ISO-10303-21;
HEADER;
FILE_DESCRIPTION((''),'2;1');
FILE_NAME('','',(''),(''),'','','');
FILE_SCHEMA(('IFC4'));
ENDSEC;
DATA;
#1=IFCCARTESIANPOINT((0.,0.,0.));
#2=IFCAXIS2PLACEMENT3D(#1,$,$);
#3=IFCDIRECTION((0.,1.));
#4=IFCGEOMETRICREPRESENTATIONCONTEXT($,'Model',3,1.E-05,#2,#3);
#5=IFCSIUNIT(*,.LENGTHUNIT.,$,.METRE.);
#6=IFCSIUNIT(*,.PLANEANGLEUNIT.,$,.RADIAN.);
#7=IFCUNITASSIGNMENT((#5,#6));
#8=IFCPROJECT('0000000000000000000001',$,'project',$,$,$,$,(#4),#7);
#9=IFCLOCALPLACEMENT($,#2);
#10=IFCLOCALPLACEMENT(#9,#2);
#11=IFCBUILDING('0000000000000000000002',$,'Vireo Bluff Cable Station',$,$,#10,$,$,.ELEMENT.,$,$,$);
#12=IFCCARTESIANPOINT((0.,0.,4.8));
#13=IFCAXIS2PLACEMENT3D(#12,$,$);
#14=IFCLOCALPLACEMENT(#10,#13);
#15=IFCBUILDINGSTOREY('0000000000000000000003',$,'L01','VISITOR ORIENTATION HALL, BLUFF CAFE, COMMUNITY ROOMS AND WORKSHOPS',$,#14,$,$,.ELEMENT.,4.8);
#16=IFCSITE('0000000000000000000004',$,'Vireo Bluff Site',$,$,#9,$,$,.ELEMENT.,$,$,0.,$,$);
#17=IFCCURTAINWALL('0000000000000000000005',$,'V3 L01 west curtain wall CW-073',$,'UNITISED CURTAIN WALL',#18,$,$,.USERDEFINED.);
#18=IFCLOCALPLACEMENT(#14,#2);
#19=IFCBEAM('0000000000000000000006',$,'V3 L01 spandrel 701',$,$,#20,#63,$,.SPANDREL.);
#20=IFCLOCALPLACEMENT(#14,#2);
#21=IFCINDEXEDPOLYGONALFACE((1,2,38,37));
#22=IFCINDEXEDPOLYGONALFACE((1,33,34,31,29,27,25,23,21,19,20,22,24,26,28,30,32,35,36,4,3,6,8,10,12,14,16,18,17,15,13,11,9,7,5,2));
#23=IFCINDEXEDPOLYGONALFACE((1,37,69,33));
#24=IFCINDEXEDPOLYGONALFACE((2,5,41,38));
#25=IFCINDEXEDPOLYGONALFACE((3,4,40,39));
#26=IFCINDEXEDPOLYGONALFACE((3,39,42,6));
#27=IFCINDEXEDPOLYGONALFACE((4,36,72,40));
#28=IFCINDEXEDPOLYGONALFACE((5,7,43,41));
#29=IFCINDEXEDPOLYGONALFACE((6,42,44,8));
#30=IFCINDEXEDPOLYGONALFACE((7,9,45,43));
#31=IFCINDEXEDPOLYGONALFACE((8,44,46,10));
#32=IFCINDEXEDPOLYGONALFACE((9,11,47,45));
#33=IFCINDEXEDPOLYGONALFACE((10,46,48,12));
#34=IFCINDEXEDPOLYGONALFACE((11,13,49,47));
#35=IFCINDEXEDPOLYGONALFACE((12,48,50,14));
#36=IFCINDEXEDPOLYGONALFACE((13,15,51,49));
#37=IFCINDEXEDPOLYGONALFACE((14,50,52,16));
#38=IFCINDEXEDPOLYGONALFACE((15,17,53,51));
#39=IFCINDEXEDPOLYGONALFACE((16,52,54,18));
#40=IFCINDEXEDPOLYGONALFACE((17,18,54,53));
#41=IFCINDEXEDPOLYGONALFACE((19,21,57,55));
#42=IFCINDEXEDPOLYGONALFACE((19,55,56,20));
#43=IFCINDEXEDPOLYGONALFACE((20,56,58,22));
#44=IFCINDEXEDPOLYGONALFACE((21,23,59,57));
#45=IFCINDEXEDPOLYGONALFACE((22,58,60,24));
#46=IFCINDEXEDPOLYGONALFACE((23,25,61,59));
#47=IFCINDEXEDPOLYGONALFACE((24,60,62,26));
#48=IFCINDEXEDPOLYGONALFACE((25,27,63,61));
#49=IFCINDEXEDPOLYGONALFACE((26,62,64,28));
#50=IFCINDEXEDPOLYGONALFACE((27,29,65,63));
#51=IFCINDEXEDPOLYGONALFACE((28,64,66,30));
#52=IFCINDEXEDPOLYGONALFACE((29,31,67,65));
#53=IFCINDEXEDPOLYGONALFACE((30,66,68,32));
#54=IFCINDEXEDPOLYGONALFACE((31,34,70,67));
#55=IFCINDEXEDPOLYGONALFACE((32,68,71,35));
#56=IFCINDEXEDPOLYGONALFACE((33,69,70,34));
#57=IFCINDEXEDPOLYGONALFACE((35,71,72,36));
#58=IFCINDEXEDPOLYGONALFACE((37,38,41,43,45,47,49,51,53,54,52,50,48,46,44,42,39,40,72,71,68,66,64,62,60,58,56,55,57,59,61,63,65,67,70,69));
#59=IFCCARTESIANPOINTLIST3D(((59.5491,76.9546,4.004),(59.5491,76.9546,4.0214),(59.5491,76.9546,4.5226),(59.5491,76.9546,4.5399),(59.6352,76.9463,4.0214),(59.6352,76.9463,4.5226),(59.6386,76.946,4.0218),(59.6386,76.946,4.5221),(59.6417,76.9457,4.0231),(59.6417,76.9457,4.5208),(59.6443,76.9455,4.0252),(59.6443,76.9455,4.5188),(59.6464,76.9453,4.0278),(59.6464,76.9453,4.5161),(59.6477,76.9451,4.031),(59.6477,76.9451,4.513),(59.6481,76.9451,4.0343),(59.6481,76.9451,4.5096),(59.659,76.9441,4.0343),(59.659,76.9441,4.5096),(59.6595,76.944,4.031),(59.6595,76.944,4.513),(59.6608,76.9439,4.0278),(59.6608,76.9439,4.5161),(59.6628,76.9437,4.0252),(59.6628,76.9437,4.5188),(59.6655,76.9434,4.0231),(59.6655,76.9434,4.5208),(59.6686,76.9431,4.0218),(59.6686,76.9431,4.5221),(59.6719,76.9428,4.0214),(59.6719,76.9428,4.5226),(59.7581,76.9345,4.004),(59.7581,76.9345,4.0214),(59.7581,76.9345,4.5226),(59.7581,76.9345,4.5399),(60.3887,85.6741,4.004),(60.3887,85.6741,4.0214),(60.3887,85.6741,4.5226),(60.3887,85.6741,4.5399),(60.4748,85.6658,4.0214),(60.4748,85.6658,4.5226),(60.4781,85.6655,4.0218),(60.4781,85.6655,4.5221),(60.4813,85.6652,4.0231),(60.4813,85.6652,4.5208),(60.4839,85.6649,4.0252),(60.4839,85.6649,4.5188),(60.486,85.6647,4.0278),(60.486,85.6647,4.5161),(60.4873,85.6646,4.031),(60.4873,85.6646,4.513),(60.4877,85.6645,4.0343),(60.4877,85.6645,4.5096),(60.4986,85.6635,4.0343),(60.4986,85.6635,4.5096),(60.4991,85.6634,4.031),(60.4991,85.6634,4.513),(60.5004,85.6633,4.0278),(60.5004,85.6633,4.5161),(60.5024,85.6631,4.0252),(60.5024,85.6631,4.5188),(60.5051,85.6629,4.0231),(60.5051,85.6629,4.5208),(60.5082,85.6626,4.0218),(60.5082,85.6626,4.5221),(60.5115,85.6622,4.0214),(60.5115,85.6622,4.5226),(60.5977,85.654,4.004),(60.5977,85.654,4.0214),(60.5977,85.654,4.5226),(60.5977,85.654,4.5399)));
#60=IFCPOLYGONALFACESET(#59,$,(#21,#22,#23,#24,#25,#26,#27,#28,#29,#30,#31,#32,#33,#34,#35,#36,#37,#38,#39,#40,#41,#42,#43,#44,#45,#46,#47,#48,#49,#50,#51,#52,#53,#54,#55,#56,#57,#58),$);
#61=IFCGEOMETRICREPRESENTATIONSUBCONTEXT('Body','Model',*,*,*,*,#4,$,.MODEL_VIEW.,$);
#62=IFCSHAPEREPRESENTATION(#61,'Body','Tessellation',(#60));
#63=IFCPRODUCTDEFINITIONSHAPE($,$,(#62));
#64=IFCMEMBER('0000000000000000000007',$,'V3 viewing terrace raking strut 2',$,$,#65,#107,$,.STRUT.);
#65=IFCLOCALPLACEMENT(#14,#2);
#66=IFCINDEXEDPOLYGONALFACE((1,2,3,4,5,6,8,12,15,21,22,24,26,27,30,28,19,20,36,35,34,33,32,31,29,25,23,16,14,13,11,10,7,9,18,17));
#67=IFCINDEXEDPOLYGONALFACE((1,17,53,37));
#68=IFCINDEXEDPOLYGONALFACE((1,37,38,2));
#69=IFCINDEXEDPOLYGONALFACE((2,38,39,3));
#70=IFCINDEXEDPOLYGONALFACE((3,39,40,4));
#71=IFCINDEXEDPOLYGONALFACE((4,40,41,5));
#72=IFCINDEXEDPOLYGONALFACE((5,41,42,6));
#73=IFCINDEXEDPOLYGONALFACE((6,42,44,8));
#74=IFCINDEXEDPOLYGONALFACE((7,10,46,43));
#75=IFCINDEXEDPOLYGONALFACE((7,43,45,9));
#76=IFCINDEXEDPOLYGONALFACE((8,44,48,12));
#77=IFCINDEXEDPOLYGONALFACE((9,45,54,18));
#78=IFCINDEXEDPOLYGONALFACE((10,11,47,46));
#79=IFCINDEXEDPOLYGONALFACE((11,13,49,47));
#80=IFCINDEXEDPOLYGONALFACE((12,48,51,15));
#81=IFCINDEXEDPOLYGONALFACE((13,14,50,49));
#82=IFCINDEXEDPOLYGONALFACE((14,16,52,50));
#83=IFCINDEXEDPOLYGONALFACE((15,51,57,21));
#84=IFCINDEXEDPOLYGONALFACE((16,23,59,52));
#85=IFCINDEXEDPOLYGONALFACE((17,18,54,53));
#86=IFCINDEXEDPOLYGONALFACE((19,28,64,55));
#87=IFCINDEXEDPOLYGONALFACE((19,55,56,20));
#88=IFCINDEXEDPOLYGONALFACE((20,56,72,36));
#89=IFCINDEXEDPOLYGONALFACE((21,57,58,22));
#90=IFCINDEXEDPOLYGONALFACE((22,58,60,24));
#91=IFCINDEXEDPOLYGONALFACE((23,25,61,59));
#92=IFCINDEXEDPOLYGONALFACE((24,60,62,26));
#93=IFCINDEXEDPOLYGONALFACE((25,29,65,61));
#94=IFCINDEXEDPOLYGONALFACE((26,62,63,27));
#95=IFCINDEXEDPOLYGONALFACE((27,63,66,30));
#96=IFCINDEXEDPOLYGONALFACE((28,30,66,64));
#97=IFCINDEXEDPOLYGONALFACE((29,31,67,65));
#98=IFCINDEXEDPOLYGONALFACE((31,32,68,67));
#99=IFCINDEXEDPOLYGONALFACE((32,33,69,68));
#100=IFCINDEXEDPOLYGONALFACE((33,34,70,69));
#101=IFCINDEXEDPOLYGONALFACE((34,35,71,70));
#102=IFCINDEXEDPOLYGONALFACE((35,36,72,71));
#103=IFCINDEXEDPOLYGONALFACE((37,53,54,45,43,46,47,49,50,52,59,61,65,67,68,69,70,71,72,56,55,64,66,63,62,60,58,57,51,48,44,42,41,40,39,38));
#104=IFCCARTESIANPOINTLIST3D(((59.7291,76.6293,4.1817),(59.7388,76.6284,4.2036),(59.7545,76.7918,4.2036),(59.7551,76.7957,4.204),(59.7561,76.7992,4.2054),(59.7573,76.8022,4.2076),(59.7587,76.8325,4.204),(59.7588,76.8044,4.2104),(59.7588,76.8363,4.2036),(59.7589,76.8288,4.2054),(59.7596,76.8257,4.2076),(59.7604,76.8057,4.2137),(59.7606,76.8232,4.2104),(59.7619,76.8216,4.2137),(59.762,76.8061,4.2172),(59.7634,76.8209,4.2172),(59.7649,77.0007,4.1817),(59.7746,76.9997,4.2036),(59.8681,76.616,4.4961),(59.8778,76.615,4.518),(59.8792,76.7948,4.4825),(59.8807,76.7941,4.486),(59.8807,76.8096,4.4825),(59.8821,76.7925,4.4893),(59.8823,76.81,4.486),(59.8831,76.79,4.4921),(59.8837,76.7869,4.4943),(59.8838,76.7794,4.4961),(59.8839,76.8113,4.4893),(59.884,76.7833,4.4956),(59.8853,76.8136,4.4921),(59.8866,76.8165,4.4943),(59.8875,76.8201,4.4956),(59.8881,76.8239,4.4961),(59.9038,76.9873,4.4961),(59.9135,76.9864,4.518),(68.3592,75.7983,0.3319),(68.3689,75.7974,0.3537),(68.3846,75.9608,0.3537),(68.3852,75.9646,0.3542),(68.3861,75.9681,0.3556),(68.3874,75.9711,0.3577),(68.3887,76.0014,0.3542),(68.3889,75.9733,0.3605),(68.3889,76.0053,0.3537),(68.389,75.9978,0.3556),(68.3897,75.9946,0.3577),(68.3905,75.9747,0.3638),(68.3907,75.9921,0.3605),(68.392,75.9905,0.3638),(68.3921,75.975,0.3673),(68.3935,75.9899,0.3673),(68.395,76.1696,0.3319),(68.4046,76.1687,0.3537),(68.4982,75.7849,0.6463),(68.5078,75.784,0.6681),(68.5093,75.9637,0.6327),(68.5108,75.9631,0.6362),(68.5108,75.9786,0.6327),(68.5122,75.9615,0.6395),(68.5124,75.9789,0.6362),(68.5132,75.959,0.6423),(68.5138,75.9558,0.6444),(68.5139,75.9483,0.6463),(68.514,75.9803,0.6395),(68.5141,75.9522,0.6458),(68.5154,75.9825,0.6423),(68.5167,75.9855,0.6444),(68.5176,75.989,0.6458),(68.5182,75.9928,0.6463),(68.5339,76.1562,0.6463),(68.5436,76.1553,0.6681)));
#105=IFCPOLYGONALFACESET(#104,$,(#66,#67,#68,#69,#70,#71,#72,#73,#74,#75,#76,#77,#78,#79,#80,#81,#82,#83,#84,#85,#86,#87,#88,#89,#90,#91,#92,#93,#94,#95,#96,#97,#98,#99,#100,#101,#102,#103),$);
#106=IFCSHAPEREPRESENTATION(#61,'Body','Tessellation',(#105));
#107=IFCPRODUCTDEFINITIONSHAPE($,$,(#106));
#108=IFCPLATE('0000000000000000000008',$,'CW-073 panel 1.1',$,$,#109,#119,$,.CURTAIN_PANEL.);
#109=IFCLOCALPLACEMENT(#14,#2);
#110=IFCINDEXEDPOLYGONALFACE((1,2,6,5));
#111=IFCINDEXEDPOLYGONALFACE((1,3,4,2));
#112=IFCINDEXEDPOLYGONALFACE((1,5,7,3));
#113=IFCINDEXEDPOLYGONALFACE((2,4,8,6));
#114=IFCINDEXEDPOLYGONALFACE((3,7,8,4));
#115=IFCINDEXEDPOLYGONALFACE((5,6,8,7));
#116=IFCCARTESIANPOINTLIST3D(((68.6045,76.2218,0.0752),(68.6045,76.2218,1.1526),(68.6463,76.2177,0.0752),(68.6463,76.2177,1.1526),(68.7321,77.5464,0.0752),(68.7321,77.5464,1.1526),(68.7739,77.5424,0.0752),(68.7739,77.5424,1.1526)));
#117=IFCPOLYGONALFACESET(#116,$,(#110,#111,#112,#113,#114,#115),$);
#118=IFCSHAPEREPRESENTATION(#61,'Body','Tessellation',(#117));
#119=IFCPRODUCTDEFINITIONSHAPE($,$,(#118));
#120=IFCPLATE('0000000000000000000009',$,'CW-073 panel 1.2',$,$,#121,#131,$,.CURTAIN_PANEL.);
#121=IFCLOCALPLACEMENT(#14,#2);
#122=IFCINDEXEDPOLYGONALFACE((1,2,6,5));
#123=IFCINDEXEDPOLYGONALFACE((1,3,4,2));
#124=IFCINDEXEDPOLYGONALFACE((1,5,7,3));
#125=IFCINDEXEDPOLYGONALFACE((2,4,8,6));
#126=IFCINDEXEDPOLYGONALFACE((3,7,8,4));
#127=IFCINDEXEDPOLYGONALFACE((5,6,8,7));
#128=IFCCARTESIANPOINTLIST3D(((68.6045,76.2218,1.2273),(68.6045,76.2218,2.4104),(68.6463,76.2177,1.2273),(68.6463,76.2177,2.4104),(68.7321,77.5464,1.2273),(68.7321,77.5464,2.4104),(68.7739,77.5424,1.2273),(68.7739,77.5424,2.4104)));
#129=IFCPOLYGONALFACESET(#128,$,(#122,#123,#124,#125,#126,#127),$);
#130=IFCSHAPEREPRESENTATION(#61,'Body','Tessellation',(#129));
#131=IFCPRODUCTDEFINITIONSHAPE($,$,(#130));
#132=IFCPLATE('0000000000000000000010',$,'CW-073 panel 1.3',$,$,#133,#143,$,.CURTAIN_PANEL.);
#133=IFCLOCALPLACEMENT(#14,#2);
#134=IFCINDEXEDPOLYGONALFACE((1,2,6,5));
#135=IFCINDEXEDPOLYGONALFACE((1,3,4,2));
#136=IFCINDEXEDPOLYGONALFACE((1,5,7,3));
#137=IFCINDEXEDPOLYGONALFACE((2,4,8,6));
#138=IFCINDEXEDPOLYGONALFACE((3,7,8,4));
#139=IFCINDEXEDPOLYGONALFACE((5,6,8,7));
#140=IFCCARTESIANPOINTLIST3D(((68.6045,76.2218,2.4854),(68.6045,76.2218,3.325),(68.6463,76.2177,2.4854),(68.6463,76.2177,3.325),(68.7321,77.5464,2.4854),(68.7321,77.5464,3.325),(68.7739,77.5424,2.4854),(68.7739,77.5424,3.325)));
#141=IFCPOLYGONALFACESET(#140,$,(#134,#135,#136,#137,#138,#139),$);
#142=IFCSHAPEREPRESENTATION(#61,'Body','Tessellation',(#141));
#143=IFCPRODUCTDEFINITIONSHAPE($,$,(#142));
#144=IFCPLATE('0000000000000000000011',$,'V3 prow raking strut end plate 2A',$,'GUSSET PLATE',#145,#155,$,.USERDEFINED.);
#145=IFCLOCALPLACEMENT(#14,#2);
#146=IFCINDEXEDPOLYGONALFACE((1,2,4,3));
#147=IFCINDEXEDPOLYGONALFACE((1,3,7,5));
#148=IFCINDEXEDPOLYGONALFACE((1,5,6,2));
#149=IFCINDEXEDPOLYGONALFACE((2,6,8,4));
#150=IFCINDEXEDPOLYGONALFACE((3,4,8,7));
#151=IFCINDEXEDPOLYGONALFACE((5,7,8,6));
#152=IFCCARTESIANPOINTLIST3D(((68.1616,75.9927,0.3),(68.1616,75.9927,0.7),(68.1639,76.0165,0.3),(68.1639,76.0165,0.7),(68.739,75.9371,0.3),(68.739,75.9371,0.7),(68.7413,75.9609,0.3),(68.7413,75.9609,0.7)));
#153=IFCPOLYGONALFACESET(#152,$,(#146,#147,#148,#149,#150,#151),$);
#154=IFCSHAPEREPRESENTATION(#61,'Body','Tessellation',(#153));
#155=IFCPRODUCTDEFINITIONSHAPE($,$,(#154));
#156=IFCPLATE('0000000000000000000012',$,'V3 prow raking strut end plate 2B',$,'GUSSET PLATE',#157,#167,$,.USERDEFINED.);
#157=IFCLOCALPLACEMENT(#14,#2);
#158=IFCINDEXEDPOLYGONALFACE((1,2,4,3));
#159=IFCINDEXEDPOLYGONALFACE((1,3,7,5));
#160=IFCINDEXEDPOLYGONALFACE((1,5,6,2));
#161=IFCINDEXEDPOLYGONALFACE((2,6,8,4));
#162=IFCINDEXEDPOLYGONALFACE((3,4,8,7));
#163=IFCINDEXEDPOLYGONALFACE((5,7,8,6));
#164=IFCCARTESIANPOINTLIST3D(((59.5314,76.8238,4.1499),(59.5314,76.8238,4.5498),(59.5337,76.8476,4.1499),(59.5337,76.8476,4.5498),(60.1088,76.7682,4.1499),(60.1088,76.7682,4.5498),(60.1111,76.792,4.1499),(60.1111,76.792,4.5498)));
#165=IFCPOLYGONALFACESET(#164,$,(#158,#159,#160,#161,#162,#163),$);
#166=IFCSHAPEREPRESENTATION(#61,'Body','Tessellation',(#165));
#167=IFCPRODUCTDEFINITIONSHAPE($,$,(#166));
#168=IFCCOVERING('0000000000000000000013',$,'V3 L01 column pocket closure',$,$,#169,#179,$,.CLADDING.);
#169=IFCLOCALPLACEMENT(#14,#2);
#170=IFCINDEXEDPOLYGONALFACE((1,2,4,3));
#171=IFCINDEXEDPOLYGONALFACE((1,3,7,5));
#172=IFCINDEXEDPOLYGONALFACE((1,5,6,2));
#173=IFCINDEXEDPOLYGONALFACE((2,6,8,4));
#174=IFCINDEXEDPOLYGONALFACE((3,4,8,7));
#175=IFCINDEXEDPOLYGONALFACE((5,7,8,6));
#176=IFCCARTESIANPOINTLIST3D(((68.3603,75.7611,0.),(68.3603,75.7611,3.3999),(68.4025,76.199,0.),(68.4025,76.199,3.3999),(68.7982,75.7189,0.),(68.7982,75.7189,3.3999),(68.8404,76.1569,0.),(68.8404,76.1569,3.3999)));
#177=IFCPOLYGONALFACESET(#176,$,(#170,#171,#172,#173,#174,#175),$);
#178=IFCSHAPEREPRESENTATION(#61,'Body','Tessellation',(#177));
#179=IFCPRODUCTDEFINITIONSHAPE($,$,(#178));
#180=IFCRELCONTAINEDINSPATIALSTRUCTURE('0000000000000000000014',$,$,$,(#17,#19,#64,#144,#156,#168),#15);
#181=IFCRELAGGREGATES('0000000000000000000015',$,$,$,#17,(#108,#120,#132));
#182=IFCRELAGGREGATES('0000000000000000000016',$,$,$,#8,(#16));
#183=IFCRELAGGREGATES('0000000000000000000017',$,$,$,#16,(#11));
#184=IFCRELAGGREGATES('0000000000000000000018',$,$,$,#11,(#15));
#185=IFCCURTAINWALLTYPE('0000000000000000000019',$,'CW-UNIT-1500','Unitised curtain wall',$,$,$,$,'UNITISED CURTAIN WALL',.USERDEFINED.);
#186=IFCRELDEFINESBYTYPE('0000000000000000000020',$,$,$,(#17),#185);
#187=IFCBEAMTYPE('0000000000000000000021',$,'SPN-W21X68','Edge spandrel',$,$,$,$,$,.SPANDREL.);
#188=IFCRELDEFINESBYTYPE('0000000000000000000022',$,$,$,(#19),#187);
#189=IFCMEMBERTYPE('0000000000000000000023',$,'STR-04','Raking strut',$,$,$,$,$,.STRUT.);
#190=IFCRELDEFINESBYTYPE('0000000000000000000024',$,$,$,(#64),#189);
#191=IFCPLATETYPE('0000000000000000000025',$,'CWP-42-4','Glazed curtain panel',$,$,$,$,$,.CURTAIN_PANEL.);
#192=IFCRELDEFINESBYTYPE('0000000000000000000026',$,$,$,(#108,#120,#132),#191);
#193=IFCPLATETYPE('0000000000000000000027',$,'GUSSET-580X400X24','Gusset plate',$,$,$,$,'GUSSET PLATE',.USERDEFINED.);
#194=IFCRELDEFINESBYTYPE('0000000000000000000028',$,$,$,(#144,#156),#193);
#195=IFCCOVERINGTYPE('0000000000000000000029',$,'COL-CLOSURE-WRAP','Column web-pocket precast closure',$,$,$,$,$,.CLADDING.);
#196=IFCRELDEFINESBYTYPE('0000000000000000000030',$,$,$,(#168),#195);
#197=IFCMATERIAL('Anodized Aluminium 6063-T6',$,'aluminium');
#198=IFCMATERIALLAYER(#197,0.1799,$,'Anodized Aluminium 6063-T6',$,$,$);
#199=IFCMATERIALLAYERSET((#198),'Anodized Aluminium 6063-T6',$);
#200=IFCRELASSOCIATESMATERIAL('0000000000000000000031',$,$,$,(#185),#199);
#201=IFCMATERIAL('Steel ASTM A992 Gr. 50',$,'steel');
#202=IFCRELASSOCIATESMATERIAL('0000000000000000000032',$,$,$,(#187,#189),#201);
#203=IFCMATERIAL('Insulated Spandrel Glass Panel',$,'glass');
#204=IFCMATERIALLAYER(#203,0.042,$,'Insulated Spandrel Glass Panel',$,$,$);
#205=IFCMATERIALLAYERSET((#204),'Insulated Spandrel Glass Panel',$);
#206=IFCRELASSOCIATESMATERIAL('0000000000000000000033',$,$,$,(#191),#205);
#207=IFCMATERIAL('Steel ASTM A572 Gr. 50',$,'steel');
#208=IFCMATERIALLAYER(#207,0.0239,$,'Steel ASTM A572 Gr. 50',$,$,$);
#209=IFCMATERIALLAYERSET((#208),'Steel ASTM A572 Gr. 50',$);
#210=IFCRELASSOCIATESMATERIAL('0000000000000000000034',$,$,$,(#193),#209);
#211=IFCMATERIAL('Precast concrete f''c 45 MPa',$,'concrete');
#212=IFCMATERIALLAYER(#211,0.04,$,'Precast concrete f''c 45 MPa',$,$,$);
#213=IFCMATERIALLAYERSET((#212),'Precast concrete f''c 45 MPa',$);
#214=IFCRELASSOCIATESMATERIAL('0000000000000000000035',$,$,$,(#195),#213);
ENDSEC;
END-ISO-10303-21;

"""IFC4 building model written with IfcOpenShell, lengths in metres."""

from ifc_helpers import new_model, si_unit, direction, frame, origin, origin_2d, place, context, subcontext, project, spatial, rectangle, i_section, extrude, material, layer, layer_set, material_profile, profile_set, type_object, element, aggregate, save


model = new_model("IFC4")

# Units and contexts
model_context = context("Model", 3, precision=1e-05, world=origin(), true_north=direction((0.0, 1.0)))
body_context = subcontext(model_context, "Body", "Model", "MODEL_VIEW")
ifc_project = project(units=[si_unit("LENGTHUNIT", "METRE"), si_unit("PLANEANGLEUNIT", "RADIAN")], contexts=[model_context])

# Site, building, storey
site_placement = place(None, origin())
site = spatial("IfcSite", under=ifc_project, at=site_placement, Name="Vireo Bluff Site", CompositionType="ELEMENT", RefElevation=0.0)
building_placement = place(site_placement, origin())
building = spatial("IfcBuilding", under=site, at=building_placement, Name="Vireo Bluff Cable Station", CompositionType="ELEMENT")
storey_placement = place(building_placement, frame((0.0, 0.0, 4.8)))
storey = spatial("IfcBuildingStorey", under=building, at=storey_placement, Name="L01", Description="VISITOR ORIENTATION HALL, BLUFF CAFE, COMMUNITY ROOMS AND WORKSHOPS", CompositionType="ELEMENT", Elevation=4.8)

# Shared definitions
ifc_material_1 = material(Name="Steel ASTM A992 Gr. 50", Category="steel")

# Curtain wall
ifc_material_2 = material(Name="Anodized Aluminium 6063-T6", Category="aluminium")
ifc_layer_1 = layer(ifc_material_2, 0.1799, Name="Anodized Aluminium 6063-T6")
ifc_layer_set_1 = layer_set([ifc_layer_1], Name="Anodized Aluminium 6063-T6")
curtain_wall_type_1 = type_object("IfcCurtainWallType", Name="CW-UNIT-1500", Description="Unitised curtain wall", ElementType="UNITISED CURTAIN WALL", PredefinedType="USERDEFINED", material=ifc_layer_set_1)
curtain_wall_1_placement = place(storey_placement, origin())
curtain_wall_1 = element("IfcCurtainWall", 1, at=curtain_wall_1_placement, inside=storey, type_object=curtain_wall_type_1, Name="V3 L01 west curtain wall CW-073", ObjectType="UNITISED CURTAIN WALL", PredefinedType="USERDEFINED")

# Beam
ifc_material_profile_1 = material_profile(ifc_material_1, i_section(OverallWidth=0.21, OverallDepth=0.5359, WebThickness=0.011, FlangeThickness=0.0173, FilletRadius=0.0129, at=origin_2d()), Name="W21X68")
ifc_profile_set_1 = profile_set([ifc_material_profile_1], Name="Steel ASTM A992 Gr. 50")
beam_type_1 = type_object("IfcBeamType", Name="SPN-W21X68", Description="Edge spandrel", PredefinedType="SPANDREL", material=ifc_profile_set_1)
beam_1_placement = place(storey_placement, frame((59.6536, 76.9446, 4.272), z_axis=(0.095847, 0.995396, 0.0), x_axis=(-0.995396, 0.095847, 0.0)))
element("IfcBeam", 2, at=beam_1_placement, inside=storey, type_object=beam_type_1, Name="V3 L01 spandrel 701", PredefinedType="SPANDREL", context=body_context, shape_type="SweptSolid", body=[
    extrude(i_section(OverallWidth=0.21, OverallDepth=0.5359, WebThickness=0.011, FlangeThickness=0.0173, FilletRadius=0.0129, at=origin_2d()), origin(), (0.0, 0.0, 1.0), 8.7598),
])

# Member
ifc_material_profile_2 = material_profile(ifc_material_1, i_section(OverallWidth=0.373, OverallDepth=0.3679, WebThickness=0.0149, FlangeThickness=0.0239, FilletRadius=0.0149, at=origin_2d()), Name="W14X120")
ifc_profile_set_2 = profile_set([ifc_material_profile_2], Name="Steel ASTM A992 Gr. 50")
member_type_1 = type_object("IfcMemberType", Name="STR-04", Description="Raking strut", PredefinedType="STRUT", material=ifc_profile_set_2)
member_1_placement = place(storey_placement, frame((68.4514, 75.9768, 0.5), z_axis=(-0.90974, 0.087605, 0.40583), x_axis=(-0.095854, -0.995395, 0.0)))
element("IfcMember", 3, at=member_1_placement, inside=storey, type_object=member_type_1, Name="V3 viewing terrace raking strut 2", PredefinedType="STRUT", context=body_context, shape_type="SweptSolid", body=[
    extrude(i_section(OverallWidth=0.373, OverallDepth=0.3679, WebThickness=0.0149, FlangeThickness=0.0239, FilletRadius=0.0149, at=origin_2d()), origin(), (0.0, 0.0, 1.0), 9.4863),
])

# Plates
ifc_material_3 = material(Name="Insulated Spandrel Glass Panel", Category="glass")
ifc_layer_2 = layer(ifc_material_3, 0.042, Name="Insulated Spandrel Glass Panel")
ifc_layer_set_2 = layer_set([ifc_layer_2], Name="Insulated Spandrel Glass Panel")
plate_type_1 = type_object("IfcPlateType", Name="CWP-42-4", Description="Glazed curtain panel", PredefinedType="CURTAIN_PANEL", material=ifc_layer_set_2)
plate_1_placement = place(storey_placement, frame((68.6892, 76.8821, 0.0752), z_axis=(0.0, 0.0, 1.0), x_axis=(0.095846, 0.995396, 0.0)))
plate_1 = element("IfcPlate", 4, at=plate_1_placement, type_object=plate_type_1, Name="CW-073 panel 1.1", PredefinedType="CURTAIN_PANEL", context=body_context, shape_type="SweptSolid", body=[
    extrude(rectangle(XDim=1.3308, YDim=0.042, at=origin_2d()), origin(), (0.0, 0.0, 1.0), 1.0774),
])
plate_2_placement = place(storey_placement, frame((68.6892, 76.8821, 1.2273), z_axis=(0.0, 0.0, 1.0), x_axis=(0.095846, 0.995396, 0.0)))
plate_2 = element("IfcPlate", 5, at=plate_2_placement, type_object=plate_type_1, Name="CW-073 panel 1.2", PredefinedType="CURTAIN_PANEL", context=body_context, shape_type="SweptSolid", body=[
    extrude(rectangle(XDim=1.3308, YDim=0.042, at=origin_2d()), origin(), (0.0, 0.0, 1.0), 1.1831),
])
plate_3_placement = place(storey_placement, frame((68.6892, 76.8821, 2.4854), z_axis=(0.0, 0.0, 1.0), x_axis=(0.095846, 0.995396, 0.0)))
plate_3 = element("IfcPlate", 6, at=plate_3_placement, type_object=plate_type_1, Name="CW-073 panel 1.3", PredefinedType="CURTAIN_PANEL", context=body_context, shape_type="SweptSolid", body=[
    extrude(rectangle(XDim=1.3308, YDim=0.042, at=origin_2d()), origin(), (0.0, 0.0, 1.0), 0.8396),
])
aggregate(curtain_wall_1, [plate_1, plate_2, plate_3])

# Plates
ifc_material_4 = material(Name="Steel ASTM A572 Gr. 50", Category="steel")
ifc_layer_3 = layer(ifc_material_4, 0.0239, Name="Steel ASTM A572 Gr. 50")
ifc_layer_set_3 = layer_set([ifc_layer_3], Name="Steel ASTM A572 Gr. 50")
plate_type_2 = type_object("IfcPlateType", Name="GUSSET-580X400X24", Description="Gusset plate", ElementType="GUSSET PLATE", PredefinedType="USERDEFINED", material=ifc_layer_set_3)
for number, where, z_axis, x_axis, name in (
    (7, (68.4514, 75.9768, 0.3), (0.0, 0.0, 1.0), (0.995396, -0.095846, 0.0), "V3 prow raking strut end plate 2A"),
    (8, (59.8213, 76.8079, 4.1499), (0.0, 0.0, 1.0), (0.995396, -0.095846, 0.0), "V3 prow raking strut end plate 2B"),
):
    element("IfcPlate", number, at=place(storey_placement, frame(where, z_axis=z_axis, x_axis=x_axis)), inside=storey, type_object=plate_type_2, Name=name, ObjectType="GUSSET PLATE", PredefinedType="USERDEFINED", context=body_context, shape_type="SweptSolid", body=[
        extrude(rectangle(XDim=0.5801, YDim=0.0239, at=origin_2d()), origin(), (0.0, 0.0, 1.0), 0.3999),
    ])

# Covering
ifc_material_5 = material(Name="Precast concrete f'c 45 MPa", Category="concrete")
ifc_layer_4 = layer(ifc_material_5, 0.04, Name="Precast concrete f'c 45 MPa")
ifc_layer_set_4 = layer_set([ifc_layer_4], Name="Precast concrete f'c 45 MPa")
covering_type = type_object("IfcCoveringType", Name="COL-CLOSURE-WRAP", Description="Column web-pocket precast closure", PredefinedType="CLADDING", material=ifc_layer_set_4)
covering_placement = place(storey_placement, frame((68.6003, 75.959, 0.0), z_axis=(0.0, 0.0, 1.0), x_axis=(0.995396, -0.095846, 0.0)))
element("IfcCovering", 9, at=covering_placement, inside=storey, type_object=covering_type, Name="V3 L01 column pocket closure", PredefinedType="CLADDING", context=body_context, shape_type="SweptSolid", body=[
    extrude(rectangle(XDim=0.4399, YDim=0.4399, at=origin_2d()), origin(), (0.0, 0.0, 1.0), 3.3999),
])

save(model, "model.ifc")
